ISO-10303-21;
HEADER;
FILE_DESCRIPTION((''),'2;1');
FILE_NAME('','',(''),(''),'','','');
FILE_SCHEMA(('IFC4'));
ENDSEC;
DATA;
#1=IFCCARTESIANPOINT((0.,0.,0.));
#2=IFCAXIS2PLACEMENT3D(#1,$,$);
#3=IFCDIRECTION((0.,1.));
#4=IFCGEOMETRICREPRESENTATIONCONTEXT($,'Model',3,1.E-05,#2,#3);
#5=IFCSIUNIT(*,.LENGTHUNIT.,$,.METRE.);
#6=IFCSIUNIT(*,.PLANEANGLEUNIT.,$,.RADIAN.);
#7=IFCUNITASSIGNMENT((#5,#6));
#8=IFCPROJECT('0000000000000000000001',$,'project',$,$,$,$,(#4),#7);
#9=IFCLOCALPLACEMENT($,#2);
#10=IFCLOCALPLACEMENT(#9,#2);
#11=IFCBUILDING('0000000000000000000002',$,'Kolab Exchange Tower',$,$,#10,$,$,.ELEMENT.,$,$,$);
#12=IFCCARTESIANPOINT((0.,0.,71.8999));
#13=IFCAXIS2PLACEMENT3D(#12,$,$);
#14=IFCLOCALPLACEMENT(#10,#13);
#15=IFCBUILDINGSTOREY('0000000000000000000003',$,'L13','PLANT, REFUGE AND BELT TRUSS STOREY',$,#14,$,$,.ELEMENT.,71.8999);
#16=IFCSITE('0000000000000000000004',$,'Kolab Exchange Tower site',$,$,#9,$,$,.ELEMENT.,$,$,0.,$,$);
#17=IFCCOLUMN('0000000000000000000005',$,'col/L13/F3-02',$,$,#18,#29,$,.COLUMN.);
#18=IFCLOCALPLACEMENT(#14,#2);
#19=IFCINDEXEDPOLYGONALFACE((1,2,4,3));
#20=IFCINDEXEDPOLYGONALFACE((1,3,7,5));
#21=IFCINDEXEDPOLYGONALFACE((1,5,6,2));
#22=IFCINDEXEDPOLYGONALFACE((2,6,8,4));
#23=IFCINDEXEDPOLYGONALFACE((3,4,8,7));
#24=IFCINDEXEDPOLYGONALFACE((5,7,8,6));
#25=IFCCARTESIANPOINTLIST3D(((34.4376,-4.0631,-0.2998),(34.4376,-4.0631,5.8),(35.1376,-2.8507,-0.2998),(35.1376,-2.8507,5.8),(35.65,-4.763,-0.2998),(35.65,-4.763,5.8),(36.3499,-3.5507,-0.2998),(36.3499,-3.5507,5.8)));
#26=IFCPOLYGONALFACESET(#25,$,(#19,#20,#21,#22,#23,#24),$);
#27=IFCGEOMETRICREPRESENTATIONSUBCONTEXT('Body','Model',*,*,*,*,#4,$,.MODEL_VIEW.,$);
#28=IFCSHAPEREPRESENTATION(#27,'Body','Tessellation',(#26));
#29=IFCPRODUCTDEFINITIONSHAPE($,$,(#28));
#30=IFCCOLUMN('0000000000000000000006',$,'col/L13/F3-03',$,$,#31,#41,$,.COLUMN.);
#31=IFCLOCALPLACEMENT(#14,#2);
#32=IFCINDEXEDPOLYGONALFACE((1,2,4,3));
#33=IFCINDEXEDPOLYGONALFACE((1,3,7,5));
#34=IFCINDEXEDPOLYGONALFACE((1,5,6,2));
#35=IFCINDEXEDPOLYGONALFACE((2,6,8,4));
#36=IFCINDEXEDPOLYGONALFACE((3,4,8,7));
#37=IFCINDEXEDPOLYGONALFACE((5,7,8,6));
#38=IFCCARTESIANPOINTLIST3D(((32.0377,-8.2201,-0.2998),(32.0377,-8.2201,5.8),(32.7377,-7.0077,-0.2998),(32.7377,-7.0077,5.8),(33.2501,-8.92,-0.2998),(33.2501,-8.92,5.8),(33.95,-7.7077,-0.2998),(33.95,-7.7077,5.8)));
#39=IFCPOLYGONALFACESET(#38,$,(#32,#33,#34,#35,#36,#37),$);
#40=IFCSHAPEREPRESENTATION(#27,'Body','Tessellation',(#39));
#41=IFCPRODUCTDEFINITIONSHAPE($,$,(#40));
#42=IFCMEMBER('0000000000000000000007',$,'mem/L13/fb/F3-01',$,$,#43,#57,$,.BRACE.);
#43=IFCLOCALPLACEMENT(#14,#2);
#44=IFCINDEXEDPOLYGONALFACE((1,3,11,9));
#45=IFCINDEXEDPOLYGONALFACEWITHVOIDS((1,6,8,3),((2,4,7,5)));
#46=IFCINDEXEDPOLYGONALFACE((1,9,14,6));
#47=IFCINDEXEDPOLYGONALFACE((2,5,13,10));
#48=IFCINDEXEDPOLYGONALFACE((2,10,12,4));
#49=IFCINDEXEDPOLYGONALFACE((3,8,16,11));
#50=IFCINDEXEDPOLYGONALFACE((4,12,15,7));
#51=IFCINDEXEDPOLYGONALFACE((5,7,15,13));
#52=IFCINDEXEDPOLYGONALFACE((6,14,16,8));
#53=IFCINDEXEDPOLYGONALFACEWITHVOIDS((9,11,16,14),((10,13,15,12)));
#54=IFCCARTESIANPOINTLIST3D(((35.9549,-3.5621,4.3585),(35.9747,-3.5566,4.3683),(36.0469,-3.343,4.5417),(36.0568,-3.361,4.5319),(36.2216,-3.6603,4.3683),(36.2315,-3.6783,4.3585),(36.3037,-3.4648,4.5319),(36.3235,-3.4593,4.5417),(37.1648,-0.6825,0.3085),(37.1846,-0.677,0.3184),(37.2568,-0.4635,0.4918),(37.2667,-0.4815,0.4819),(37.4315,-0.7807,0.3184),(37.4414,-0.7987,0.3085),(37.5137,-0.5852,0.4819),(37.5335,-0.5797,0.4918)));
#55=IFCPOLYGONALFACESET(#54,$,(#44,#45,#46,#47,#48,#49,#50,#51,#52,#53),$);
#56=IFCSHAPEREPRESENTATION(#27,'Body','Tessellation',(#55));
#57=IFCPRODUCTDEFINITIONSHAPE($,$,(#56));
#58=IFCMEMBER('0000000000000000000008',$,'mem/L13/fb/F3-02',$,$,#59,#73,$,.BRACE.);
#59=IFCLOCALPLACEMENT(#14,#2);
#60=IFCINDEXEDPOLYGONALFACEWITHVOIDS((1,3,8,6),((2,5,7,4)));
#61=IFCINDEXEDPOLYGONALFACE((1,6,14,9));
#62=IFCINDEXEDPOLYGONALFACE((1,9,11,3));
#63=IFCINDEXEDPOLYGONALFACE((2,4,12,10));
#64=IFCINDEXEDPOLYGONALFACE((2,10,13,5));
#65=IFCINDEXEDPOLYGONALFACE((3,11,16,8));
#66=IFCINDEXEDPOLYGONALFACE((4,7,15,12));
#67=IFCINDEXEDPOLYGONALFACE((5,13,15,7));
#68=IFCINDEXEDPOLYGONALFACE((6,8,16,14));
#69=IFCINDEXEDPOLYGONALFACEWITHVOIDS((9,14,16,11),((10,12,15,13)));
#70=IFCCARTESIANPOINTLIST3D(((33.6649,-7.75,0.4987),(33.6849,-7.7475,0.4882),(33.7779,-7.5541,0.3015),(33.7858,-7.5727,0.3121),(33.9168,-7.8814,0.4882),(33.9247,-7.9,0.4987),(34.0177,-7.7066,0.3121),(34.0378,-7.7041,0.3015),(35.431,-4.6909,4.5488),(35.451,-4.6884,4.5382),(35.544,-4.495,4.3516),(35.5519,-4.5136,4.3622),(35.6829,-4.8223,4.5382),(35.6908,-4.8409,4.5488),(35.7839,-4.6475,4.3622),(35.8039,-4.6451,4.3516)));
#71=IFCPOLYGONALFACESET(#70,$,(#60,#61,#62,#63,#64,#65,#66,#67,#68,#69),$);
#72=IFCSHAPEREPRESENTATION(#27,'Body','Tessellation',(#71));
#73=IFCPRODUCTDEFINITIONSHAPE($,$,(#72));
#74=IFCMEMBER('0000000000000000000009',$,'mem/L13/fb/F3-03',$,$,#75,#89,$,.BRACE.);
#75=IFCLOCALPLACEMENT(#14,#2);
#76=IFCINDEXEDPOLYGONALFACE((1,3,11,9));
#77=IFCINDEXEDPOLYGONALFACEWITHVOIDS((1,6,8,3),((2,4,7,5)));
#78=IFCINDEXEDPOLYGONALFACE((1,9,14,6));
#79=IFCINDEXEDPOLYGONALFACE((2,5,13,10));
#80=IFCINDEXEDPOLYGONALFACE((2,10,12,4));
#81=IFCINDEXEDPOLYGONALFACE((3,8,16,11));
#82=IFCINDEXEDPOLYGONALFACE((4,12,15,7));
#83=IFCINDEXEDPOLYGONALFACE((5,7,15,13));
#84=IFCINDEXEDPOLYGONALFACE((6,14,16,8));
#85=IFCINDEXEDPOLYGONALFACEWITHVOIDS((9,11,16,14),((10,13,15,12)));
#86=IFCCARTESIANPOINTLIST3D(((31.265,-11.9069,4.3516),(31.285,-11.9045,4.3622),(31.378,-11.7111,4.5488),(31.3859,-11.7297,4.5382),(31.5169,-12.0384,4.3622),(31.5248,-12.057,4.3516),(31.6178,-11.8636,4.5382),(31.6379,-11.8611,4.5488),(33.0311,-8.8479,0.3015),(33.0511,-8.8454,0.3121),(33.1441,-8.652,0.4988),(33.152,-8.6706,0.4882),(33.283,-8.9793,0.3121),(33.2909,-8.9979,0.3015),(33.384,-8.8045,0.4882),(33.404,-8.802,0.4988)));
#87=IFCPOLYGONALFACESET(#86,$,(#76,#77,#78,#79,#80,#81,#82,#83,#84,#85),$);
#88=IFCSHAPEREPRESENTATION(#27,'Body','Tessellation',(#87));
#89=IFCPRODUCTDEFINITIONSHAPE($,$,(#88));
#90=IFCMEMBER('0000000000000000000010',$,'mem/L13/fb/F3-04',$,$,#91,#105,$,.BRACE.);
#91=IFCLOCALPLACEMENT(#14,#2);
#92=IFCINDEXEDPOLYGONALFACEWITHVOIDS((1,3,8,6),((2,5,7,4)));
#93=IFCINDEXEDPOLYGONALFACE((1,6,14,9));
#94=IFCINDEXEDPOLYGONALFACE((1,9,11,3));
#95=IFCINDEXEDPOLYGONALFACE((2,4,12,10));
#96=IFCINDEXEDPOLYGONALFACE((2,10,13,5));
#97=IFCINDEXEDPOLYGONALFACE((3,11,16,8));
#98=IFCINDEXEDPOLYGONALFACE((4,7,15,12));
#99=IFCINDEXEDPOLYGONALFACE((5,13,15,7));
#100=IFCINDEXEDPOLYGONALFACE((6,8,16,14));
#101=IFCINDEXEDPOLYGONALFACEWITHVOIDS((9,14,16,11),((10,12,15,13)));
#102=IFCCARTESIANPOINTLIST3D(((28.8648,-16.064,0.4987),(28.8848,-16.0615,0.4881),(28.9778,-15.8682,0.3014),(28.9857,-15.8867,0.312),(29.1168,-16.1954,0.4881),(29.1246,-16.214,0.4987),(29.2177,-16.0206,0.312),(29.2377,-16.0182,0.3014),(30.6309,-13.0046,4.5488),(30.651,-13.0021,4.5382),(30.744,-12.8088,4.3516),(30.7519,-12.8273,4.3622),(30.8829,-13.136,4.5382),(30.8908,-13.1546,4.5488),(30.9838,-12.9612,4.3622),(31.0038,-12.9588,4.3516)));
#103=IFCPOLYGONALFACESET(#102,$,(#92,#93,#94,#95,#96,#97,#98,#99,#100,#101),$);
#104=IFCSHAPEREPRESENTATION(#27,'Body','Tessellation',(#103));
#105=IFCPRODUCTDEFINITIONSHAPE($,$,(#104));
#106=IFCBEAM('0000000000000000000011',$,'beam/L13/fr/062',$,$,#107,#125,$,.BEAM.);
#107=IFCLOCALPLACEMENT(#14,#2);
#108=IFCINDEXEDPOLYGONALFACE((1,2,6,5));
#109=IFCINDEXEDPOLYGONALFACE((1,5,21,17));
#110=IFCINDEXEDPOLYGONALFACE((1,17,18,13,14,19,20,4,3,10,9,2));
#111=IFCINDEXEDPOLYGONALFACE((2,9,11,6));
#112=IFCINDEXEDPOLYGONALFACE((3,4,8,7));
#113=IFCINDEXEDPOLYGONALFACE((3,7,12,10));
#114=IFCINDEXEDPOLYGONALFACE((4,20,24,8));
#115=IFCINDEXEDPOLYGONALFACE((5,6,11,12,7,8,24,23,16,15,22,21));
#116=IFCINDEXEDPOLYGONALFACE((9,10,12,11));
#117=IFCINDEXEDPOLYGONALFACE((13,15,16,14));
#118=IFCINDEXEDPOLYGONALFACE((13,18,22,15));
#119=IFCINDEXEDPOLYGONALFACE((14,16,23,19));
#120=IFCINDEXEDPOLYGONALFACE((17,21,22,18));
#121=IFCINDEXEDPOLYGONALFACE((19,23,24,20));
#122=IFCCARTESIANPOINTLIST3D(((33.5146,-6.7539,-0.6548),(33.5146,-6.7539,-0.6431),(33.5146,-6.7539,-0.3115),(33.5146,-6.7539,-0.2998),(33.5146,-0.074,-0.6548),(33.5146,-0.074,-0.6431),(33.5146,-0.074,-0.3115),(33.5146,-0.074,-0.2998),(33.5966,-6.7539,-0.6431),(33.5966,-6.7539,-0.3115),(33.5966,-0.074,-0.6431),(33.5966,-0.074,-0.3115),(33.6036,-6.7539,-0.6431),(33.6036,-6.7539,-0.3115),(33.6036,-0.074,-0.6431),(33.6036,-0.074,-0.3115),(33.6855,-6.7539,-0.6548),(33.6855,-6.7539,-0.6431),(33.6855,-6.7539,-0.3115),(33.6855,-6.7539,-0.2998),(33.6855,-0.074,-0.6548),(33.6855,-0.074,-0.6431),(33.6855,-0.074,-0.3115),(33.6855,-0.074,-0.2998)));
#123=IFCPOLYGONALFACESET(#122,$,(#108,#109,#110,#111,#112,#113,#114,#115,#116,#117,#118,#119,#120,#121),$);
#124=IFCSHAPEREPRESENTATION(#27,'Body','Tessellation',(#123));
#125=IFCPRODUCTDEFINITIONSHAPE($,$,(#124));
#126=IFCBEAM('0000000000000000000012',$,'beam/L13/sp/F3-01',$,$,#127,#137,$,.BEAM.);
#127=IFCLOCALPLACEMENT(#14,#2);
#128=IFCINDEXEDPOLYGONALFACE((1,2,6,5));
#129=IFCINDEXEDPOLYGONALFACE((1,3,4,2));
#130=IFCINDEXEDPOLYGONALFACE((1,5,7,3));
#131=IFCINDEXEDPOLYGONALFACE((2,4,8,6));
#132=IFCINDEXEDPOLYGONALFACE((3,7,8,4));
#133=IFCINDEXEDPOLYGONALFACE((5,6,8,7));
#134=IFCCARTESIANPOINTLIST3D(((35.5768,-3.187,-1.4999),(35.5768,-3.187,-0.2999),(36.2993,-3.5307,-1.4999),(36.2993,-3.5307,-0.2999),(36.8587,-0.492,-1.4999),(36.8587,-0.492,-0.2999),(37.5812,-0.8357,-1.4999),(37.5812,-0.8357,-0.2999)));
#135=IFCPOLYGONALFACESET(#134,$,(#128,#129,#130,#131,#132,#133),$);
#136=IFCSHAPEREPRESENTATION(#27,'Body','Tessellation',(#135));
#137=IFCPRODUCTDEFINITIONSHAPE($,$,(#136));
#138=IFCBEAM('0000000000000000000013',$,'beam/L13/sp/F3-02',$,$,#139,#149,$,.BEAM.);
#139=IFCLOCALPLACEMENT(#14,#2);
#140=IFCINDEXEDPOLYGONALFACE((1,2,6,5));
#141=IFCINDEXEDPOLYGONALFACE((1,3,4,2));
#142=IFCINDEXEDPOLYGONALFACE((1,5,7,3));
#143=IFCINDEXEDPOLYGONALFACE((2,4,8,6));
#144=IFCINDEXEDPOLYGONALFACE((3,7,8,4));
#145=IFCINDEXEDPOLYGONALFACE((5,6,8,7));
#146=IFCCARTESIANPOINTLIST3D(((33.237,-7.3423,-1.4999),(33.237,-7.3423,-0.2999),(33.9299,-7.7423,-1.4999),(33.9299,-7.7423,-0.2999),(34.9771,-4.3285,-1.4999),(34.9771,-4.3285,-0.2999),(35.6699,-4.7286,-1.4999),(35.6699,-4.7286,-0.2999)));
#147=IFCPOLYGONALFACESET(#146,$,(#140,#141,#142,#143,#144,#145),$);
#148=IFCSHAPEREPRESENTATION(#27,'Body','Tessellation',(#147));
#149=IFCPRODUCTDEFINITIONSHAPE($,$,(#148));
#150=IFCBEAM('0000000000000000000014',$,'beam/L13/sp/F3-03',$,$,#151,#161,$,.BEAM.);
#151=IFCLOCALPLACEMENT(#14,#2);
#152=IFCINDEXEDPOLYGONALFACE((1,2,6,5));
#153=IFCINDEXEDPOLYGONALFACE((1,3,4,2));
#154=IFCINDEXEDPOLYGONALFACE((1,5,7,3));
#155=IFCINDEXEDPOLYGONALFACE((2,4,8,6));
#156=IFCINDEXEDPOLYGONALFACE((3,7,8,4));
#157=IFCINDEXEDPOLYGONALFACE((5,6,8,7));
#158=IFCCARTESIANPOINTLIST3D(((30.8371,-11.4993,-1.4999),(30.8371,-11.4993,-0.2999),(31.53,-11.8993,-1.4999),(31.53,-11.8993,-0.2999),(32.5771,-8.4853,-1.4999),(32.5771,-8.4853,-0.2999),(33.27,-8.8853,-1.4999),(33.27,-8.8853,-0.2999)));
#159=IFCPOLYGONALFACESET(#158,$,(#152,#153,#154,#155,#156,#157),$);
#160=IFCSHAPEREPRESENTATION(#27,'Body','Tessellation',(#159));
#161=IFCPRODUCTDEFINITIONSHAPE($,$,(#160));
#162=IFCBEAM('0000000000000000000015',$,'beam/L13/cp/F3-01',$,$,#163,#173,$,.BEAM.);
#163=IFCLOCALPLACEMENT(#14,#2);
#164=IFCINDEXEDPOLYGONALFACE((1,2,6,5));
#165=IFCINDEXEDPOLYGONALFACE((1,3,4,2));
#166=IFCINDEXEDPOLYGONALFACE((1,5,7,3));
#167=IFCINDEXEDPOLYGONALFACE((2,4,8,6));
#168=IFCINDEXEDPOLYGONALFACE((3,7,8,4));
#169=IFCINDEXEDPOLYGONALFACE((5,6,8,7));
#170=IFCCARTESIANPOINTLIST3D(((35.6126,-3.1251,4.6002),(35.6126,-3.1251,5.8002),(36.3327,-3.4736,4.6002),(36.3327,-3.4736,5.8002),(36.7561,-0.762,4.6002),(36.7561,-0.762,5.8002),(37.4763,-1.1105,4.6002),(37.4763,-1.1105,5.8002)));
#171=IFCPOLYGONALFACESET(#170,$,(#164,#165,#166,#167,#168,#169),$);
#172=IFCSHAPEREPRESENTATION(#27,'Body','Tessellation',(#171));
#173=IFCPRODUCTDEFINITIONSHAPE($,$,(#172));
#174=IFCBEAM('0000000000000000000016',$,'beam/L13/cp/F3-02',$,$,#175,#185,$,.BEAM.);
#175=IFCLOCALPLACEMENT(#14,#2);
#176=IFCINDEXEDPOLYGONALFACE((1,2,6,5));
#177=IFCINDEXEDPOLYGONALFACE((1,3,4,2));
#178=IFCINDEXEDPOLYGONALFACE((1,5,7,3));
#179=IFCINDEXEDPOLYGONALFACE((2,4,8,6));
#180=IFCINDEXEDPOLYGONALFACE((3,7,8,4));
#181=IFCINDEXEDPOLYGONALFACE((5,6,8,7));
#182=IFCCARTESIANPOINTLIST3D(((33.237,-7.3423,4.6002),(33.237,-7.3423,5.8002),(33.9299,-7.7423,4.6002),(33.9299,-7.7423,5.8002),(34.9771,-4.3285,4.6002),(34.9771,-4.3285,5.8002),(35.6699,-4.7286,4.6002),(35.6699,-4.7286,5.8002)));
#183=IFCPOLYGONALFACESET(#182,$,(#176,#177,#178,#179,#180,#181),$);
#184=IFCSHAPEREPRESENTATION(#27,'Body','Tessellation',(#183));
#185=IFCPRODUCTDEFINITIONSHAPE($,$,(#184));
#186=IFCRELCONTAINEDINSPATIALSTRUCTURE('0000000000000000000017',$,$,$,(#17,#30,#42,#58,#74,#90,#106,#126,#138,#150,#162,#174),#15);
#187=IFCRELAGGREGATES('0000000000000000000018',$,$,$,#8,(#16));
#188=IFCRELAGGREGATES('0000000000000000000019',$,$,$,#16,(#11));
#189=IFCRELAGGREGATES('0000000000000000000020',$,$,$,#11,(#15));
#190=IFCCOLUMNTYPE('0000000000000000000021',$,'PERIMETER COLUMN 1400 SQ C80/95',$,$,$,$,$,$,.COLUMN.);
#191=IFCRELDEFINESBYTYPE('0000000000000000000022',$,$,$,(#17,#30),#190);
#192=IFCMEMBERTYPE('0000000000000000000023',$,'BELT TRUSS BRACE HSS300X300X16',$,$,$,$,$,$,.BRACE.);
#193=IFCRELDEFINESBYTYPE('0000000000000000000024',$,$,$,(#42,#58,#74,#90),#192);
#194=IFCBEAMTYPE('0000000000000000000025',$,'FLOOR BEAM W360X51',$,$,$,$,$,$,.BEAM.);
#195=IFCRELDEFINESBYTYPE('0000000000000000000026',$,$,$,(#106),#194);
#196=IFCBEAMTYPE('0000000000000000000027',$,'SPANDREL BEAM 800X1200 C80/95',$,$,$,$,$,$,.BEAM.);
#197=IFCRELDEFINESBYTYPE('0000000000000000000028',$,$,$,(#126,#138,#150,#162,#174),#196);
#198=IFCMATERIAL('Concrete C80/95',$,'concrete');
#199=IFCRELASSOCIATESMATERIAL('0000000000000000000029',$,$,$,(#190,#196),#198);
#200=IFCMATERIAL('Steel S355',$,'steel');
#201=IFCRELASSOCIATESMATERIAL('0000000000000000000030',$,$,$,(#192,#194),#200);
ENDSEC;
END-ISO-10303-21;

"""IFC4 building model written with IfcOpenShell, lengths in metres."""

from ifc_helpers import new_model, si_unit, direction, frame, origin, origin_2d, place, context, subcontext, project, spatial, rectangle, hollow_rectangle, i_section, extrude, material, material_profile, profile_set, type_object, element, save


model = new_model("IFC4")

# Units and contexts
model_context = context("Model", 3, precision=1e-05, world=origin(), true_north=direction((0.0, 1.0)))
body_context = subcontext(model_context, "Body", "Model", "MODEL_VIEW")
ifc_project = project(units=[si_unit("LENGTHUNIT", "METRE"), si_unit("PLANEANGLEUNIT", "RADIAN")], contexts=[model_context])

# Site, building, storey
site_placement = place(None, origin())
site = spatial("IfcSite", under=ifc_project, at=site_placement, Name="Kolab Exchange Tower site", CompositionType="ELEMENT", RefElevation=0.0)
building_placement = place(site_placement, origin())
building = spatial("IfcBuilding", under=site, at=building_placement, Name="Kolab Exchange Tower", CompositionType="ELEMENT")
storey_placement = place(building_placement, frame((0.0, 0.0, 71.8999)))
storey = spatial("IfcBuildingStorey", under=building, at=storey_placement, Name="L13", Description="PLANT, REFUGE AND BELT TRUSS STOREY", CompositionType="ELEMENT", Elevation=71.8999)

# Columns
ifc_material_1 = material(Name="Concrete C80/95", Category="concrete")
ifc_material_profile_1 = material_profile(ifc_material_1, rectangle(XDim=1.3999, YDim=1.3999, at=origin_2d()), Name="RC1400")
ifc_profile_set_1 = profile_set([ifc_material_profile_1], Name="Concrete C80/95")
column_type = type_object("IfcColumnType", Name="PERIMETER COLUMN 1400 SQ C80/95", PredefinedType="COLUMN", material=ifc_profile_set_1)
for number, where, z_axis, x_axis, name in (
    (1, (35.3938, -3.8069, -0.2998), (0.0, 0.0, 1.0), (0.5, 0.866025, 0.0), "col/L13/F3-02"),
    (2, (32.9939, -7.9639, -0.2998), (0.0, 0.0, 1.0), (0.5, 0.866025, 0.0), "col/L13/F3-03"),
):
    element("IfcColumn", number, at=place(storey_placement, frame(where, z_axis=z_axis, x_axis=x_axis)), inside=storey, type_object=column_type, Name=name, PredefinedType="COLUMN", context=body_context, shape_type="SweptSolid", body=[
        extrude(rectangle(XDim=1.3999, YDim=1.3999, at=origin_2d()), origin(), (0.0, 0.0, 1.0), 6.0999),
    ])

# Members
ifc_material_2 = material(Name="Steel S355", Category="steel")
ifc_material_profile_2 = material_profile(ifc_material_2, hollow_rectangle(XDim=0.3, YDim=0.3, WallThickness=0.0161, at=origin_2d()), Name="HSS300X300X16")
ifc_profile_set_2 = profile_set([ifc_material_profile_2], Name="Steel S355")
member_type_1 = type_object("IfcMemberType", Name="BELT TRUSS BRACE HSS300X300X16", PredefinedType="BRACE", material=ifc_profile_set_2)
member_1_placement = place(storey_placement, frame((37.3491, -0.6311, 0.4001), z_axis=(-0.23657, -0.563022, 0.791859), x_axis=(0.921923, -0.387372, 0.0)))
element("IfcMember", 3, at=member_1_placement, inside=storey, type_object=member_type_1, Name="mem/L13/fb/F3-01", PredefinedType="BRACE", context=body_context, shape_type="SweptSolid", body=[
    extrude(hollow_rectangle(XDim=0.3, YDim=0.3, WallThickness=0.0161, at=origin_2d()), origin(), (0.0, 0.0, 1.0), 5.1145),
])
for number, where, z_axis, x_axis, name in (
    (4, (35.6174, -4.668, 4.4502), (-0.328639, -0.569236, -0.753636), (0.866031, -0.49999, 0.0), "mem/L13/fb/F3-02"),
    (5, (33.2175, -8.825, 0.4001), (-0.328639, -0.569236, 0.753636), (0.866031, -0.49999, 0.0), "mem/L13/fb/F3-03"),
):
    element("IfcMember", number, at=place(storey_placement, frame(where, z_axis=z_axis, x_axis=x_axis)), inside=storey, type_object=member_type_1, Name=name, PredefinedType="BRACE", context=body_context, shape_type="SweptSolid", body=[
        extrude(hollow_rectangle(XDim=0.3, YDim=0.3, WallThickness=0.0161, at=origin_2d()), origin(), (0.0, 0.0, 1.0), 5.374),
    ])
member_2_placement = place(storey_placement, frame((30.8174, -12.9817, 4.4502), z_axis=(-0.328631, -0.569267, -0.753616), x_axis=(0.866049, -0.49996, 0.0)))
element("IfcMember", 6, at=member_2_placement, inside=storey, type_object=member_type_1, Name="mem/L13/fb/F3-04", PredefinedType="BRACE", context=body_context, shape_type="SweptSolid", body=[
    extrude(hollow_rectangle(XDim=0.3, YDim=0.3, WallThickness=0.0161, at=origin_2d()), origin(), (0.0, 0.0, 1.0), 5.3743),
])

# Beams
ifc_material_profile_3 = material_profile(ifc_material_2, i_section(OverallWidth=0.1709, OverallDepth=0.355, WebThickness=0.0071, FlangeThickness=0.0117, at=origin_2d()), Name="W360X51")
ifc_profile_set_3 = profile_set([ifc_material_profile_3], Name="Steel S355")
beam_type_1 = type_object("IfcBeamType", Name="FLOOR BEAM W360X51", PredefinedType="BEAM", material=ifc_profile_set_3)
beam_1_placement = place(storey_placement, frame((33.6001, -6.7539, -0.4773), z_axis=(0.0, 1.0, 0.0), x_axis=(-1.0, 0.0, 0.0)))
element("IfcBeam", 7, at=beam_1_placement, inside=storey, type_object=beam_type_1, Name="beam/L13/fr/062", PredefinedType="BEAM", context=body_context, shape_type="SweptSolid", body=[
    extrude(i_section(OverallWidth=0.1709, OverallDepth=0.355, WebThickness=0.0071, FlangeThickness=0.0117, at=origin_2d()), origin(), (0.0, 0.0, 1.0), 6.6799),
])
ifc_material_profile_4 = material_profile(ifc_material_1, rectangle(XDim=0.8, YDim=1.2, at=origin_2d()), Name="RC800X1200")
ifc_profile_set_4 = profile_set([ifc_material_profile_4], Name="Concrete C80/95")
beam_type_2 = type_object("IfcBeamType", Name="SPANDREL BEAM 800X1200 C80/95", PredefinedType="BEAM", material=ifc_profile_set_4)
beam_2_placement = place(storey_placement, frame((37.22, -0.6638, -0.8999), z_axis=(-0.429556, -0.90304, 0.0), x_axis=(0.90304, -0.429556, 0.0)))
element("IfcBeam", 8, at=beam_2_placement, inside=storey, type_object=beam_type_2, Name="beam/L13/sp/F3-01", PredefinedType="BEAM", context=body_context, shape_type="SweptSolid", body=[
    extrude(rectangle(XDim=0.8, YDim=1.2, at=origin_2d()), origin(), (0.0, 0.0, 1.0), 2.9844),
])
beam_3_placement = place(storey_placement, frame((35.3235, -4.5286, -0.8999), z_axis=(-0.50001, -0.86602, 0.0), x_axis=(0.86602, -0.50001, 0.0)))
element("IfcBeam", 9, at=beam_3_placement, inside=storey, type_object=beam_type_2, Name="beam/L13/sp/F3-02", PredefinedType="BEAM", context=body_context, shape_type="SweptSolid", body=[
    extrude(rectangle(XDim=0.8, YDim=1.2, at=origin_2d()), origin(), (0.0, 0.0, 1.0), 3.48),
])
beam_4_placement = place(storey_placement, frame((32.9236, -8.6853, -0.8999), z_axis=(-0.49998, -0.866037, 0.0), x_axis=(0.866037, -0.49998, 0.0)))
element("IfcBeam", 10, at=beam_4_placement, inside=storey, type_object=beam_type_2, Name="beam/L13/sp/F3-03", PredefinedType="BEAM", context=body_context, shape_type="SweptSolid", body=[
    extrude(rectangle(XDim=0.8, YDim=1.2, at=origin_2d()), origin(), (0.0, 0.0, 1.0), 3.4802),
])
beam_5_placement = place(storey_placement, frame((37.1162, -0.9363, 5.2002), z_axis=(-0.435607, -0.900137, 0.0), x_axis=(0.900137, -0.435607, 0.0)))
element("IfcBeam", 11, at=beam_5_placement, inside=storey, type_object=beam_type_2, Name="beam/L13/cp/F3-01", PredefinedType="BEAM", context=body_context, shape_type="SweptSolid", body=[
    extrude(rectangle(XDim=0.8, YDim=1.2, at=origin_2d()), origin(), (0.0, 0.0, 1.0), 2.6252),
])
beam_6_placement = place(storey_placement, frame((35.3235, -4.5286, 5.2002), z_axis=(-0.50001, -0.86602, 0.0), x_axis=(0.86602, -0.50001, 0.0)))
element("IfcBeam", 12, at=beam_6_placement, inside=storey, type_object=beam_type_2, Name="beam/L13/cp/F3-02", PredefinedType="BEAM", context=body_context, shape_type="SweptSolid", body=[
    extrude(rectangle(XDim=0.8, YDim=1.2, at=origin_2d()), origin(), (0.0, 0.0, 1.0), 3.48),
])

save(model, "model.ifc")
